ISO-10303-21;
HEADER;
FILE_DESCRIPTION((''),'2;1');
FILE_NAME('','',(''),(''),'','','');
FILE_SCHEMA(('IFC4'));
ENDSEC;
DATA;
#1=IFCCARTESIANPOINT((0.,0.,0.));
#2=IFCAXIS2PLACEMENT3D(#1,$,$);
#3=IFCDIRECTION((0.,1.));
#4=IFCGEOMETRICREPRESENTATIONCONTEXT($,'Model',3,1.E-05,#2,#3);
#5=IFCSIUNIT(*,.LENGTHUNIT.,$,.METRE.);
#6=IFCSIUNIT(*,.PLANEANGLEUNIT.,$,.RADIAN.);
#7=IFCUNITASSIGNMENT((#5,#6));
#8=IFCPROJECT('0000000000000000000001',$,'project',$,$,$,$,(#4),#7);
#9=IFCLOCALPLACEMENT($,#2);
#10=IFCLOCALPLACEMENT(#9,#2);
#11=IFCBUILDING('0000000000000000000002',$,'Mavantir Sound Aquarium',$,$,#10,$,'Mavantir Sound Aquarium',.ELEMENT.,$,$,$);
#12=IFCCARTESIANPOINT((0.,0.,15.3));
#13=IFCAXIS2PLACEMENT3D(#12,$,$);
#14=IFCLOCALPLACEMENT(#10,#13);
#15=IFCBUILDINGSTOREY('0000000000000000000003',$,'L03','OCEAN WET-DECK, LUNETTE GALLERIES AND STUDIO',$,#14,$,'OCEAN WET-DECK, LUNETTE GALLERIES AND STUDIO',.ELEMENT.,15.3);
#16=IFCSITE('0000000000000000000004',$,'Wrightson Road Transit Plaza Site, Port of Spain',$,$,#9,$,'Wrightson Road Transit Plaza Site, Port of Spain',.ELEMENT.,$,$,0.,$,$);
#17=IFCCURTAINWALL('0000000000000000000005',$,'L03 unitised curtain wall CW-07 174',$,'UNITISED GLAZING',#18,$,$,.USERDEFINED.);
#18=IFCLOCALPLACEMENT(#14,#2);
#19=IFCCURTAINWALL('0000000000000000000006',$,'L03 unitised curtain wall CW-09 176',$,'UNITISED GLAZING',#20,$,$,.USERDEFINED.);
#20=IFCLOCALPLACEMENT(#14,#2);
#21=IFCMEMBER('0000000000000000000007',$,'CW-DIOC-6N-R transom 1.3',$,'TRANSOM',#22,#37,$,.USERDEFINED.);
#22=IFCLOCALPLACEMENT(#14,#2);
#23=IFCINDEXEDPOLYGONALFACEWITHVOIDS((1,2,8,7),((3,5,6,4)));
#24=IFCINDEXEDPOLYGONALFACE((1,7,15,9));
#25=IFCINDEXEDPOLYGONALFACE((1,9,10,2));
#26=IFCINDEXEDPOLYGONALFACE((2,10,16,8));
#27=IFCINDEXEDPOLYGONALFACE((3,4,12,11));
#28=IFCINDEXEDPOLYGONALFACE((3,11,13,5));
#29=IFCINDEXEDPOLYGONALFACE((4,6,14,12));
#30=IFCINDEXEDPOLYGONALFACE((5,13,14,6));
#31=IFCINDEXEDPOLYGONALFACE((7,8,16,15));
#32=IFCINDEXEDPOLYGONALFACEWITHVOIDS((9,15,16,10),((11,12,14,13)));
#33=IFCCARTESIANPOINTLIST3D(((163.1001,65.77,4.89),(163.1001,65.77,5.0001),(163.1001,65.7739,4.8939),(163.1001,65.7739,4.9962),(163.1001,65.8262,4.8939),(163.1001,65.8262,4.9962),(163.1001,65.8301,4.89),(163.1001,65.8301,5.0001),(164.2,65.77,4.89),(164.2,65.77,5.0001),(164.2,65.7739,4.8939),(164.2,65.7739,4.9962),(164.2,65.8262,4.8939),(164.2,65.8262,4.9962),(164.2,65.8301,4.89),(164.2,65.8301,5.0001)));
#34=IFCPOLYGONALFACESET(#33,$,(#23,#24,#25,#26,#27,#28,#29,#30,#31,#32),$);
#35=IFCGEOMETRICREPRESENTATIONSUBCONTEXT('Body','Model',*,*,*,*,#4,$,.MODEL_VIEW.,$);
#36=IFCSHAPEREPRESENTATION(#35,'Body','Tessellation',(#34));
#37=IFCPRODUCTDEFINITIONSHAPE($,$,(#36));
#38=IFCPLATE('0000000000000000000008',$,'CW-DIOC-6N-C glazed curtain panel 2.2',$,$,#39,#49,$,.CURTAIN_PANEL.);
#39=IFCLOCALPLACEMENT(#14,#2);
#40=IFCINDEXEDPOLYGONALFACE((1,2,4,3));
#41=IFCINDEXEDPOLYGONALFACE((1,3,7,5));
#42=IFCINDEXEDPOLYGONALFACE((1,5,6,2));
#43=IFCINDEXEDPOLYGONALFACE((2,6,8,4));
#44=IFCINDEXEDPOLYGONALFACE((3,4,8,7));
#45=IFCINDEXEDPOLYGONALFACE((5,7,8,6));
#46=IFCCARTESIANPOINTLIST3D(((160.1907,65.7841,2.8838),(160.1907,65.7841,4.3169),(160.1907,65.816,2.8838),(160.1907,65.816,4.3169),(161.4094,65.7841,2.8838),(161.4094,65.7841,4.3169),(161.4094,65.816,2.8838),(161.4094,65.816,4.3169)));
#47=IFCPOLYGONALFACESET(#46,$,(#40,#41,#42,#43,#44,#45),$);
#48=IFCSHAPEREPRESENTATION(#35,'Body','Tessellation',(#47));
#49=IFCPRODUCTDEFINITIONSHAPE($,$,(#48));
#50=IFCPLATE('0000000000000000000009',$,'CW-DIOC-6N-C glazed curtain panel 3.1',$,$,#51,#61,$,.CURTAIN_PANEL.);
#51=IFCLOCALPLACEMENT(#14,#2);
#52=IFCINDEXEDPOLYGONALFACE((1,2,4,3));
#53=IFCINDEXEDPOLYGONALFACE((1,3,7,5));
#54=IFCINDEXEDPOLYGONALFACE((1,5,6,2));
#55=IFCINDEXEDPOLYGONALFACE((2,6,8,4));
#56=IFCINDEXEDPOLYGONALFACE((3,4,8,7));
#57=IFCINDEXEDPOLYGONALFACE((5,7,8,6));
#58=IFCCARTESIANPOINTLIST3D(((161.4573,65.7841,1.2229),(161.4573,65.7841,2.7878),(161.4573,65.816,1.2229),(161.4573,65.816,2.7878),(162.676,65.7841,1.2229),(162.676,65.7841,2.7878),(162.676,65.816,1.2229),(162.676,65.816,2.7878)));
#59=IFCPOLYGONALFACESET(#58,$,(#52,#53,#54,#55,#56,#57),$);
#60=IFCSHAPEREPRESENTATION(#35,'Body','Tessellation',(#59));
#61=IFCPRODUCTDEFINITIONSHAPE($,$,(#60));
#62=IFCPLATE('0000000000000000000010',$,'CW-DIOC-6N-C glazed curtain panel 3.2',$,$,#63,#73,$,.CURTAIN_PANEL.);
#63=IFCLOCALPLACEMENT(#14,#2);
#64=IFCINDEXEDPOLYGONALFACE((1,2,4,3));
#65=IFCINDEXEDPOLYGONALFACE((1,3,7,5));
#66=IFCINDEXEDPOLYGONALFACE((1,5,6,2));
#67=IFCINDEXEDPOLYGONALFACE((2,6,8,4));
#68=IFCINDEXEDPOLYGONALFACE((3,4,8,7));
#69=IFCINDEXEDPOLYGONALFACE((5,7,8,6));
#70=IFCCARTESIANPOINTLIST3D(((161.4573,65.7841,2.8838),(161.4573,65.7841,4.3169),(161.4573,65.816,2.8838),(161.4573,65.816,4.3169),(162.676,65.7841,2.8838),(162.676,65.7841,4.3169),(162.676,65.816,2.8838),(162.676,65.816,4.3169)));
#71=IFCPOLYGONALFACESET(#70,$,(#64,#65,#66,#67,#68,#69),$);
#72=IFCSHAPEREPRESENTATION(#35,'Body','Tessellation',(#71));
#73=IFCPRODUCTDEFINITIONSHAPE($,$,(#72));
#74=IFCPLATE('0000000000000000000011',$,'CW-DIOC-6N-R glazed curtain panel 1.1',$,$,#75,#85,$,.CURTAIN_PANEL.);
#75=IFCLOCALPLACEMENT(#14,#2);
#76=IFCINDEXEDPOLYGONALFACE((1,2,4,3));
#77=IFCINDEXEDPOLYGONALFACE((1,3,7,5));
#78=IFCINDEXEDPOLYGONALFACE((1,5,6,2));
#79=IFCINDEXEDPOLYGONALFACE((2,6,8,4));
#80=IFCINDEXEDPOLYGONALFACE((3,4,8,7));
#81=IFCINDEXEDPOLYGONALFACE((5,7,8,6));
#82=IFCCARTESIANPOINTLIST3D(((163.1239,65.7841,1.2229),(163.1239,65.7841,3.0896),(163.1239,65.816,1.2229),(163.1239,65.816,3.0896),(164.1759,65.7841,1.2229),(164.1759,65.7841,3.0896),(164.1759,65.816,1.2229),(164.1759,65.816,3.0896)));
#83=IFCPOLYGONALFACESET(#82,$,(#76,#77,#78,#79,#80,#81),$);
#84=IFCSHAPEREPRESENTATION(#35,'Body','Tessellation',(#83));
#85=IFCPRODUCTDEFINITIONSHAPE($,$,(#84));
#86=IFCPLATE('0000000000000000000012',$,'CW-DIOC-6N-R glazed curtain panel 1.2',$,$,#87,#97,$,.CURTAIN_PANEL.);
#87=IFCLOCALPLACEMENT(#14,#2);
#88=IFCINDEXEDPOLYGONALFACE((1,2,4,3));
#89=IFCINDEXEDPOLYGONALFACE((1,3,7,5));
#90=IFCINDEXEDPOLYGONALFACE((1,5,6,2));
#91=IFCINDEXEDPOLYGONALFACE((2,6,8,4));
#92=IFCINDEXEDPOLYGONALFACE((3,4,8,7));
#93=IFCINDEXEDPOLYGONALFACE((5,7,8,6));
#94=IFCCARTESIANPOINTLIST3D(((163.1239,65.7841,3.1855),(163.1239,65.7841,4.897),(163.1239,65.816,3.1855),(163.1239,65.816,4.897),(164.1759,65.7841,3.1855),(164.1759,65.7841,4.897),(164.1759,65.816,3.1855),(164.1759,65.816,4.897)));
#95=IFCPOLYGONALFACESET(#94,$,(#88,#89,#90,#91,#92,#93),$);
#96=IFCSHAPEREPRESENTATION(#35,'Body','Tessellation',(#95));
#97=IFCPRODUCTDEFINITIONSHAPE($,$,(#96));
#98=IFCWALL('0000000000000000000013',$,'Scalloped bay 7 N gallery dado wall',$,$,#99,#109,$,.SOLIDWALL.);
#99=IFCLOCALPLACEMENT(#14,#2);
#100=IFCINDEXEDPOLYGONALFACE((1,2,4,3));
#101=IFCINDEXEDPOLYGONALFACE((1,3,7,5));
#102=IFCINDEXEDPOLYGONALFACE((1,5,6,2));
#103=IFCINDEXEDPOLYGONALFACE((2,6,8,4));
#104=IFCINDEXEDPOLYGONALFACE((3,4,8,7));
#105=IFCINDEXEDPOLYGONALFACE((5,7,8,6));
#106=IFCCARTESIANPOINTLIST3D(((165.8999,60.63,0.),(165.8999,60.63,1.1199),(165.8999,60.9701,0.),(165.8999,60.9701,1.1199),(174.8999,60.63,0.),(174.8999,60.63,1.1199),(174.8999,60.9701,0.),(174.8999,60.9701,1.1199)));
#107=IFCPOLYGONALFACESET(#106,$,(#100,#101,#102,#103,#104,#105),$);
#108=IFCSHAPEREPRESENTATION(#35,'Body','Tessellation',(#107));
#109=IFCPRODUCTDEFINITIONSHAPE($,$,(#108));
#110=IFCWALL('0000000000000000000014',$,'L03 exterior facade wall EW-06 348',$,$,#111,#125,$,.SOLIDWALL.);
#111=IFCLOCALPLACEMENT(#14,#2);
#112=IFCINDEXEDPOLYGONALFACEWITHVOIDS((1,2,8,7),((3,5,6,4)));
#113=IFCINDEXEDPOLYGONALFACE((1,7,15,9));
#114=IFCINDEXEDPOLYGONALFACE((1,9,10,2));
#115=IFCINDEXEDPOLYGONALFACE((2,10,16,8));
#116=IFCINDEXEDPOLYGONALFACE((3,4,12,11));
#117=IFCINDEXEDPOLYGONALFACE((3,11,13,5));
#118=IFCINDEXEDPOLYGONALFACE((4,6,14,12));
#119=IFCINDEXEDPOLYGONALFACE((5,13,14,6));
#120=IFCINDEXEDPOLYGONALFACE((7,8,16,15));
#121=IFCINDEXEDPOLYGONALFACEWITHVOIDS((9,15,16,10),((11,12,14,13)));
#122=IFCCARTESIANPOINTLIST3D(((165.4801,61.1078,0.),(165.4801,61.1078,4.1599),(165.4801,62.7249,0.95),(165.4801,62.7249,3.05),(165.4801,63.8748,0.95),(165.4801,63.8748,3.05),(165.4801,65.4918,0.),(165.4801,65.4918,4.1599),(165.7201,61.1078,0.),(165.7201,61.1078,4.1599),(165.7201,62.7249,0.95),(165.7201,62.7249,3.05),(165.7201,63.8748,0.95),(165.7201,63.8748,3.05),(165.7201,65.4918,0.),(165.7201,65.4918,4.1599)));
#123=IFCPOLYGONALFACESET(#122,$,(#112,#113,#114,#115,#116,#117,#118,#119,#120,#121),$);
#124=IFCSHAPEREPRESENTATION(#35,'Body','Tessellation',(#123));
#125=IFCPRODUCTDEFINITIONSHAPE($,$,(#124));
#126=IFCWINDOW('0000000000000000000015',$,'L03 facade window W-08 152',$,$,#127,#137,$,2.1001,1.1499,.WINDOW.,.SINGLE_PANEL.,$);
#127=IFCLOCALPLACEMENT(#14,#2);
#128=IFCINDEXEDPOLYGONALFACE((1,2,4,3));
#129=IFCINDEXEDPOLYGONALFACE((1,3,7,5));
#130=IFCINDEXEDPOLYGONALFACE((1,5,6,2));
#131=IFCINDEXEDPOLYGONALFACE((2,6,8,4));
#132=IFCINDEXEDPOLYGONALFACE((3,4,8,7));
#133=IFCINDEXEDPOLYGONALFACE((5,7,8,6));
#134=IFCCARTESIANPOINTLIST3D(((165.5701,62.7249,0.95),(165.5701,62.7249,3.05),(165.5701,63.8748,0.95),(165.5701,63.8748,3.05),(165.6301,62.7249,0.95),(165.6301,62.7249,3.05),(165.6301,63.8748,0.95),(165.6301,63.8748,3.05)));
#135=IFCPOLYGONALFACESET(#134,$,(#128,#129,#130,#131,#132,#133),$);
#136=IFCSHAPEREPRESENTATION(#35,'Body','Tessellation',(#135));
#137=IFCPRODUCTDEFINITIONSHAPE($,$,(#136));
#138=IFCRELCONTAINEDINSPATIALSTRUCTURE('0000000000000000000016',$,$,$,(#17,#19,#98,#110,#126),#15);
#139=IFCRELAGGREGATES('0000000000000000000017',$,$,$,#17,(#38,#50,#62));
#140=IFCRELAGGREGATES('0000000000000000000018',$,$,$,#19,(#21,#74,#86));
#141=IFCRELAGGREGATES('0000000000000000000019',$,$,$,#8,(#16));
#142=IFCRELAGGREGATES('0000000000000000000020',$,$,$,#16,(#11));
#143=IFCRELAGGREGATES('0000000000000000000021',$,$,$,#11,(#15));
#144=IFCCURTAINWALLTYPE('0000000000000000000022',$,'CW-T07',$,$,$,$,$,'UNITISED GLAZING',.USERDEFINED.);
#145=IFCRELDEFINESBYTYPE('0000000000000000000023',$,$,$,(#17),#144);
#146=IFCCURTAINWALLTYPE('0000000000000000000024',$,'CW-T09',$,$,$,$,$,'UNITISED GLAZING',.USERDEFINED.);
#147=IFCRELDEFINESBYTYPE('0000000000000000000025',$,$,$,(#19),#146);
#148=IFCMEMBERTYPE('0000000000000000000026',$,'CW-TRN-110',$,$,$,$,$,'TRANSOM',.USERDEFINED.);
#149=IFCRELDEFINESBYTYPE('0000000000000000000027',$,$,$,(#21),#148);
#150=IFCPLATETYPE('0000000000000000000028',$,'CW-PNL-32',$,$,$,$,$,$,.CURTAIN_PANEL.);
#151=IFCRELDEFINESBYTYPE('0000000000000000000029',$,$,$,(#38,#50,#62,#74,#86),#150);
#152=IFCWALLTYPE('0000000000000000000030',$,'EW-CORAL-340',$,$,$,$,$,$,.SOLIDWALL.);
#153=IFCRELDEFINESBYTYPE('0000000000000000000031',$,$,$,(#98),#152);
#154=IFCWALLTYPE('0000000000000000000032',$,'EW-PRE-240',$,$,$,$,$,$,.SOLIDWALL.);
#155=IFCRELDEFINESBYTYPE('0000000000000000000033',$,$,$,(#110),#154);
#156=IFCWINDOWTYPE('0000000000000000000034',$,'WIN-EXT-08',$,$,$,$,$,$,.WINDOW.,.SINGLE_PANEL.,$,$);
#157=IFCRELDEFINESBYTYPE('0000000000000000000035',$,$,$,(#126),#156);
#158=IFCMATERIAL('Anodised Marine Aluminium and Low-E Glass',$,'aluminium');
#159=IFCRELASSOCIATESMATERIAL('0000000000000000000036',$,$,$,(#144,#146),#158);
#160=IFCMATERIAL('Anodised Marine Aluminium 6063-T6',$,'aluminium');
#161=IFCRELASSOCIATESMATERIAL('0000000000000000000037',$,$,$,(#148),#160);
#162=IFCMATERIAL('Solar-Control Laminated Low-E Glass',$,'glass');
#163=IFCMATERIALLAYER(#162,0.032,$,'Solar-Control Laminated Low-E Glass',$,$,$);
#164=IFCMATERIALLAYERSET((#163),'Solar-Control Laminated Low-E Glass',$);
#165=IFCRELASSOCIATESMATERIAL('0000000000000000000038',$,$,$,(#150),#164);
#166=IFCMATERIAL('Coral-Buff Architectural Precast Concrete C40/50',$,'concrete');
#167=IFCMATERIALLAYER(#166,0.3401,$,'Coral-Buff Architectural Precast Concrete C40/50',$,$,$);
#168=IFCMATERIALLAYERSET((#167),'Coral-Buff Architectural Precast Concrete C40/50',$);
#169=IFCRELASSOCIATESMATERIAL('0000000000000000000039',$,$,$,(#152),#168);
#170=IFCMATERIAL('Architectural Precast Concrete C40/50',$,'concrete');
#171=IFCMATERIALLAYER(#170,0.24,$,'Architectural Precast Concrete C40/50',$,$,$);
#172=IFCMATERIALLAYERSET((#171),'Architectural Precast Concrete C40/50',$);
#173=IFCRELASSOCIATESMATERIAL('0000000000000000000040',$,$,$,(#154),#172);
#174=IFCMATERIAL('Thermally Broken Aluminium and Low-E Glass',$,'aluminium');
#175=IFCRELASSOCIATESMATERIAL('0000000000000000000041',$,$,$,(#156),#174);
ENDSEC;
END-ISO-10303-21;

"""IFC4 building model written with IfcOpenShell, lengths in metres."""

from ifc_helpers import new_model, si_unit, direction, frame, frame_2d, origin, origin_2d, place, context, subcontext, project, spatial, rectangle, hollow_rectangle, extrude, material, layer, layer_set, material_profile, profile_set, type_object, element, fill, aggregate, save


model = new_model("IFC4")

# Units and contexts
model_context = context("Model", 3, precision=1e-05, world=origin(), true_north=direction((0.0, 1.0)))
body_context = subcontext(model_context, "Body", "Model", "MODEL_VIEW")
ifc_project = project(units=[si_unit("LENGTHUNIT", "METRE"), si_unit("PLANEANGLEUNIT", "RADIAN")], contexts=[model_context])

# Site, building, storey
site_placement = place(None, origin())
site = spatial("IfcSite", under=ifc_project, at=site_placement, Name="Wrightson Road Transit Plaza Site, Port of Spain", LongName="Wrightson Road Transit Plaza Site, Port of Spain", CompositionType="ELEMENT", RefElevation=0.0)
building_placement = place(site_placement, origin())
building = spatial("IfcBuilding", under=site, at=building_placement, Name="Mavantir Sound Aquarium", LongName="Mavantir Sound Aquarium", CompositionType="ELEMENT")
storey_placement = place(building_placement, frame((0.0, 0.0, 15.3)))
storey = spatial("IfcBuildingStorey", under=building, at=storey_placement, Name="L03", Description="OCEAN WET-DECK, LUNETTE GALLERIES AND STUDIO", LongName="OCEAN WET-DECK, LUNETTE GALLERIES AND STUDIO", CompositionType="ELEMENT", Elevation=15.3)

# Curtain walls
ifc_material_1 = material(Name="Anodised Marine Aluminium and Low-E Glass", Category="aluminium")
curtain_wall_type_1 = type_object("IfcCurtainWallType", Name="CW-T07", ElementType="UNITISED GLAZING", PredefinedType="USERDEFINED", material=ifc_material_1)
curtain_wall_1_placement = place(storey_placement, origin())
curtain_wall_1 = element("IfcCurtainWall", 1, at=curtain_wall_1_placement, inside=storey, type_object=curtain_wall_type_1, Name="L03 unitised curtain wall CW-07 174", ObjectType="UNITISED GLAZING", PredefinedType="USERDEFINED")
ifc_material_2 = material(Name="Anodised Marine Aluminium 6063-T6", Category="aluminium")
curtain_wall_type_2 = type_object("IfcCurtainWallType", Name="CW-T09", ElementType="UNITISED GLAZING", PredefinedType="USERDEFINED", material=ifc_material_1)
curtain_wall_2_placement = place(storey_placement, origin())
curtain_wall_2 = element("IfcCurtainWall", 2, at=curtain_wall_2_placement, inside=storey, type_object=curtain_wall_type_2, Name="L03 unitised curtain wall CW-09 176", ObjectType="UNITISED GLAZING", PredefinedType="USERDEFINED")

# Member
ifc_material_profile_1 = material_profile(ifc_material_2, hollow_rectangle(XDim=0.0601, YDim=0.1101, WallThickness=0.0039, at=origin_2d()), Name="ALU-TRANSOM-110X60")
ifc_profile_set_1 = profile_set([ifc_material_profile_1], Name="Anodised Marine Aluminium 6063-T6")
member_type_1 = type_object("IfcMemberType", Name="CW-TRN-110", ElementType="TRANSOM", PredefinedType="USERDEFINED", material=ifc_profile_set_1)
member_1_placement = place(storey_placement, frame((163.1001, 65.8, 4.9451), z_axis=(1.0, 0.0, 0.0), x_axis=(0.0, 1.0, 0.0)))
member_1 = element("IfcMember", 3, at=member_1_placement, type_object=member_type_1, Name="CW-DIOC-6N-R transom 1.3", ObjectType="TRANSOM", PredefinedType="USERDEFINED", context=body_context, shape_type="SweptSolid", body=[
    extrude(hollow_rectangle(XDim=0.0601, YDim=0.1101, WallThickness=0.0039, at=origin_2d()), origin(), (0.0, 0.0, 1.0), 1.0999),
])

# Plates
ifc_material_3 = material(Name="Solar-Control Laminated Low-E Glass", Category="glass")
ifc_layer_1 = layer(ifc_material_3, 0.032, Name="Solar-Control Laminated Low-E Glass")
ifc_layer_set_1 = layer_set([ifc_layer_1], Name="Solar-Control Laminated Low-E Glass")
plate_type = type_object("IfcPlateType", Name="CW-PNL-32", PredefinedType="CURTAIN_PANEL", material=ifc_layer_set_1)
plate_1_placement = place(storey_placement, frame((160.8, 65.8, 2.8838), z_axis=(0.0, 0.0, 1.0), x_axis=(1.0, 0.0, 0.0)))
plate_1 = element("IfcPlate", 4, at=plate_1_placement, type_object=plate_type, Name="CW-DIOC-6N-C glazed curtain panel 2.2", PredefinedType="CURTAIN_PANEL", context=body_context, shape_type="SweptSolid", body=[
    extrude(rectangle(XDim=1.2188, YDim=0.032, at=origin_2d()), origin(), (0.0, 0.0, 1.0), 1.4331),
])
plate_2_placement = place(storey_placement, frame((162.0667, 65.8, 1.2229), z_axis=(0.0, 0.0, 1.0), x_axis=(1.0, 0.0, 0.0)))
plate_2 = element("IfcPlate", 5, at=plate_2_placement, type_object=plate_type, Name="CW-DIOC-6N-C glazed curtain panel 3.1", PredefinedType="CURTAIN_PANEL", context=body_context, shape_type="SweptSolid", body=[
    extrude(rectangle(XDim=1.2188, YDim=0.032, at=origin_2d()), origin(), (0.0, 0.0, 1.0), 1.5649),
])
plate_3_placement = place(storey_placement, frame((162.0667, 65.8, 2.8838), z_axis=(0.0, 0.0, 1.0), x_axis=(1.0, 0.0, 0.0)))
plate_3 = element("IfcPlate", 6, at=plate_3_placement, type_object=plate_type, Name="CW-DIOC-6N-C glazed curtain panel 3.2", PredefinedType="CURTAIN_PANEL", context=body_context, shape_type="SweptSolid", body=[
    extrude(rectangle(XDim=1.2188, YDim=0.032, at=origin_2d()), origin(), (0.0, 0.0, 1.0), 1.4331),
])
aggregate(curtain_wall_1, [plate_1, plate_2, plate_3])
plate_4_placement = place(storey_placement, frame((163.6499, 65.8, 1.2229), z_axis=(0.0, 0.0, 1.0), x_axis=(1.0, 0.0, 0.0)))
plate_4 = element("IfcPlate", 7, at=plate_4_placement, type_object=plate_type, Name="CW-DIOC-6N-R glazed curtain panel 1.1", PredefinedType="CURTAIN_PANEL", context=body_context, shape_type="SweptSolid", body=[
    extrude(rectangle(XDim=1.052, YDim=0.032, at=origin_2d()), origin(), (0.0, 0.0, 1.0), 1.8667),
])
plate_5_placement = place(storey_placement, frame((163.6499, 65.8, 3.1855), z_axis=(0.0, 0.0, 1.0), x_axis=(1.0, 0.0, 0.0)))
plate_5 = element("IfcPlate", 8, at=plate_5_placement, type_object=plate_type, Name="CW-DIOC-6N-R glazed curtain panel 1.2", PredefinedType="CURTAIN_PANEL", context=body_context, shape_type="SweptSolid", body=[
    extrude(rectangle(XDim=1.052, YDim=0.032, at=origin_2d()), origin(), (0.0, 0.0, 1.0), 1.7114),
])
aggregate(curtain_wall_2, [member_1, plate_4, plate_5])

# Wall
ifc_material_4 = material(Name="Coral-Buff Architectural Precast Concrete C40/50", Category="concrete")
ifc_layer_2 = layer(ifc_material_4, 0.3401, Name="Coral-Buff Architectural Precast Concrete C40/50")
ifc_layer_set_2 = layer_set([ifc_layer_2], Name="Coral-Buff Architectural Precast Concrete C40/50")
wall_type_1 = type_object("IfcWallType", Name="EW-CORAL-340", PredefinedType="SOLIDWALL", material=ifc_layer_set_2)
wall_1_placement = place(storey_placement, frame((165.8999, 60.8, 0.0), z_axis=(0.0, 0.0, 1.0), x_axis=(1.0, 0.0, 0.0)))
element("IfcWall", 9, at=wall_1_placement, inside=storey, type_object=wall_type_1, Name="Scalloped bay 7 N gallery dado wall", PredefinedType="SOLIDWALL", context=body_context, shape_type="SweptSolid", body=[
    extrude(rectangle(XDim=9.0, YDim=0.3401, at=frame_2d((4.5, 0.0))), origin(), (0.0, 0.0, 1.0), 1.1199),
])

# Wall, opening, window
ifc_material_5 = material(Name="Architectural Precast Concrete C40/50", Category="concrete")
ifc_layer_3 = layer(ifc_material_5, 0.24, Name="Architectural Precast Concrete C40/50")
ifc_layer_set_3 = layer_set([ifc_layer_3], Name="Architectural Precast Concrete C40/50")
wall_type_2 = type_object("IfcWallType", Name="EW-PRE-240", PredefinedType="SOLIDWALL", material=ifc_layer_set_3)
wall_2_placement = place(storey_placement, frame((165.6001, 61.1079, 0.0), z_axis=(0.0, 0.0, 1.0), x_axis=(0.0, 1.0, 0.0)))
wall_2 = element("IfcWall", 10, at=wall_2_placement, inside=storey, type_object=wall_type_2, Name="L03 exterior facade wall EW-06 348", PredefinedType="SOLIDWALL", context=body_context, shape_type="SweptSolid", body=[
    extrude(rectangle(XDim=4.384, YDim=0.24, at=frame_2d((2.1919, 0.0))), origin(), (0.0, 0.0, 1.0), 4.1599),
])
opening_placement = place(wall_2_placement, frame((1.6169, 0.0, 0.95)))
opening = element("IfcOpeningElement", 11, at=opening_placement, cuts=wall_2, PredefinedType="OPENING", context=body_context, shape_type="SweptSolid", body=[
    extrude(rectangle(XDim=1.1499, YDim=2.1001, at=frame_2d((0.575, 1.05))), frame((0.0, 0.1299, 0.0), z_axis=(0.0, -1.0, 0.0), x_axis=(1.0, 0.0, 0.0)), (0.0, 0.0, 1.0), 0.26),
])
ifc_material_6 = material(Name="Thermally Broken Aluminium and Low-E Glass", Category="aluminium")
window_type = type_object("IfcWindowType", Name="WIN-EXT-08", PartitioningType="SINGLE_PANEL", PredefinedType="WINDOW", material=ifc_material_6)
window_placement = place(opening_placement, origin())
window = element("IfcWindow", 12, at=window_placement, inside=storey, type_object=window_type, Name="L03 facade window W-08 152", OverallHeight=2.1001, OverallWidth=1.1499, PartitioningType="SINGLE_PANEL", PredefinedType="WINDOW", context=body_context, shape_type="SweptSolid", body=[
    extrude(rectangle(XDim=1.1499, YDim=2.1001, at=frame_2d((0.575, 1.05))), frame((0.0, 0.03, 0.0), z_axis=(0.0, -1.0, 0.0), x_axis=(1.0, 0.0, 0.0)), (0.0, 0.0, 1.0), 0.0601),
])
fill(opening, window)

save(model, "model.ifc")
